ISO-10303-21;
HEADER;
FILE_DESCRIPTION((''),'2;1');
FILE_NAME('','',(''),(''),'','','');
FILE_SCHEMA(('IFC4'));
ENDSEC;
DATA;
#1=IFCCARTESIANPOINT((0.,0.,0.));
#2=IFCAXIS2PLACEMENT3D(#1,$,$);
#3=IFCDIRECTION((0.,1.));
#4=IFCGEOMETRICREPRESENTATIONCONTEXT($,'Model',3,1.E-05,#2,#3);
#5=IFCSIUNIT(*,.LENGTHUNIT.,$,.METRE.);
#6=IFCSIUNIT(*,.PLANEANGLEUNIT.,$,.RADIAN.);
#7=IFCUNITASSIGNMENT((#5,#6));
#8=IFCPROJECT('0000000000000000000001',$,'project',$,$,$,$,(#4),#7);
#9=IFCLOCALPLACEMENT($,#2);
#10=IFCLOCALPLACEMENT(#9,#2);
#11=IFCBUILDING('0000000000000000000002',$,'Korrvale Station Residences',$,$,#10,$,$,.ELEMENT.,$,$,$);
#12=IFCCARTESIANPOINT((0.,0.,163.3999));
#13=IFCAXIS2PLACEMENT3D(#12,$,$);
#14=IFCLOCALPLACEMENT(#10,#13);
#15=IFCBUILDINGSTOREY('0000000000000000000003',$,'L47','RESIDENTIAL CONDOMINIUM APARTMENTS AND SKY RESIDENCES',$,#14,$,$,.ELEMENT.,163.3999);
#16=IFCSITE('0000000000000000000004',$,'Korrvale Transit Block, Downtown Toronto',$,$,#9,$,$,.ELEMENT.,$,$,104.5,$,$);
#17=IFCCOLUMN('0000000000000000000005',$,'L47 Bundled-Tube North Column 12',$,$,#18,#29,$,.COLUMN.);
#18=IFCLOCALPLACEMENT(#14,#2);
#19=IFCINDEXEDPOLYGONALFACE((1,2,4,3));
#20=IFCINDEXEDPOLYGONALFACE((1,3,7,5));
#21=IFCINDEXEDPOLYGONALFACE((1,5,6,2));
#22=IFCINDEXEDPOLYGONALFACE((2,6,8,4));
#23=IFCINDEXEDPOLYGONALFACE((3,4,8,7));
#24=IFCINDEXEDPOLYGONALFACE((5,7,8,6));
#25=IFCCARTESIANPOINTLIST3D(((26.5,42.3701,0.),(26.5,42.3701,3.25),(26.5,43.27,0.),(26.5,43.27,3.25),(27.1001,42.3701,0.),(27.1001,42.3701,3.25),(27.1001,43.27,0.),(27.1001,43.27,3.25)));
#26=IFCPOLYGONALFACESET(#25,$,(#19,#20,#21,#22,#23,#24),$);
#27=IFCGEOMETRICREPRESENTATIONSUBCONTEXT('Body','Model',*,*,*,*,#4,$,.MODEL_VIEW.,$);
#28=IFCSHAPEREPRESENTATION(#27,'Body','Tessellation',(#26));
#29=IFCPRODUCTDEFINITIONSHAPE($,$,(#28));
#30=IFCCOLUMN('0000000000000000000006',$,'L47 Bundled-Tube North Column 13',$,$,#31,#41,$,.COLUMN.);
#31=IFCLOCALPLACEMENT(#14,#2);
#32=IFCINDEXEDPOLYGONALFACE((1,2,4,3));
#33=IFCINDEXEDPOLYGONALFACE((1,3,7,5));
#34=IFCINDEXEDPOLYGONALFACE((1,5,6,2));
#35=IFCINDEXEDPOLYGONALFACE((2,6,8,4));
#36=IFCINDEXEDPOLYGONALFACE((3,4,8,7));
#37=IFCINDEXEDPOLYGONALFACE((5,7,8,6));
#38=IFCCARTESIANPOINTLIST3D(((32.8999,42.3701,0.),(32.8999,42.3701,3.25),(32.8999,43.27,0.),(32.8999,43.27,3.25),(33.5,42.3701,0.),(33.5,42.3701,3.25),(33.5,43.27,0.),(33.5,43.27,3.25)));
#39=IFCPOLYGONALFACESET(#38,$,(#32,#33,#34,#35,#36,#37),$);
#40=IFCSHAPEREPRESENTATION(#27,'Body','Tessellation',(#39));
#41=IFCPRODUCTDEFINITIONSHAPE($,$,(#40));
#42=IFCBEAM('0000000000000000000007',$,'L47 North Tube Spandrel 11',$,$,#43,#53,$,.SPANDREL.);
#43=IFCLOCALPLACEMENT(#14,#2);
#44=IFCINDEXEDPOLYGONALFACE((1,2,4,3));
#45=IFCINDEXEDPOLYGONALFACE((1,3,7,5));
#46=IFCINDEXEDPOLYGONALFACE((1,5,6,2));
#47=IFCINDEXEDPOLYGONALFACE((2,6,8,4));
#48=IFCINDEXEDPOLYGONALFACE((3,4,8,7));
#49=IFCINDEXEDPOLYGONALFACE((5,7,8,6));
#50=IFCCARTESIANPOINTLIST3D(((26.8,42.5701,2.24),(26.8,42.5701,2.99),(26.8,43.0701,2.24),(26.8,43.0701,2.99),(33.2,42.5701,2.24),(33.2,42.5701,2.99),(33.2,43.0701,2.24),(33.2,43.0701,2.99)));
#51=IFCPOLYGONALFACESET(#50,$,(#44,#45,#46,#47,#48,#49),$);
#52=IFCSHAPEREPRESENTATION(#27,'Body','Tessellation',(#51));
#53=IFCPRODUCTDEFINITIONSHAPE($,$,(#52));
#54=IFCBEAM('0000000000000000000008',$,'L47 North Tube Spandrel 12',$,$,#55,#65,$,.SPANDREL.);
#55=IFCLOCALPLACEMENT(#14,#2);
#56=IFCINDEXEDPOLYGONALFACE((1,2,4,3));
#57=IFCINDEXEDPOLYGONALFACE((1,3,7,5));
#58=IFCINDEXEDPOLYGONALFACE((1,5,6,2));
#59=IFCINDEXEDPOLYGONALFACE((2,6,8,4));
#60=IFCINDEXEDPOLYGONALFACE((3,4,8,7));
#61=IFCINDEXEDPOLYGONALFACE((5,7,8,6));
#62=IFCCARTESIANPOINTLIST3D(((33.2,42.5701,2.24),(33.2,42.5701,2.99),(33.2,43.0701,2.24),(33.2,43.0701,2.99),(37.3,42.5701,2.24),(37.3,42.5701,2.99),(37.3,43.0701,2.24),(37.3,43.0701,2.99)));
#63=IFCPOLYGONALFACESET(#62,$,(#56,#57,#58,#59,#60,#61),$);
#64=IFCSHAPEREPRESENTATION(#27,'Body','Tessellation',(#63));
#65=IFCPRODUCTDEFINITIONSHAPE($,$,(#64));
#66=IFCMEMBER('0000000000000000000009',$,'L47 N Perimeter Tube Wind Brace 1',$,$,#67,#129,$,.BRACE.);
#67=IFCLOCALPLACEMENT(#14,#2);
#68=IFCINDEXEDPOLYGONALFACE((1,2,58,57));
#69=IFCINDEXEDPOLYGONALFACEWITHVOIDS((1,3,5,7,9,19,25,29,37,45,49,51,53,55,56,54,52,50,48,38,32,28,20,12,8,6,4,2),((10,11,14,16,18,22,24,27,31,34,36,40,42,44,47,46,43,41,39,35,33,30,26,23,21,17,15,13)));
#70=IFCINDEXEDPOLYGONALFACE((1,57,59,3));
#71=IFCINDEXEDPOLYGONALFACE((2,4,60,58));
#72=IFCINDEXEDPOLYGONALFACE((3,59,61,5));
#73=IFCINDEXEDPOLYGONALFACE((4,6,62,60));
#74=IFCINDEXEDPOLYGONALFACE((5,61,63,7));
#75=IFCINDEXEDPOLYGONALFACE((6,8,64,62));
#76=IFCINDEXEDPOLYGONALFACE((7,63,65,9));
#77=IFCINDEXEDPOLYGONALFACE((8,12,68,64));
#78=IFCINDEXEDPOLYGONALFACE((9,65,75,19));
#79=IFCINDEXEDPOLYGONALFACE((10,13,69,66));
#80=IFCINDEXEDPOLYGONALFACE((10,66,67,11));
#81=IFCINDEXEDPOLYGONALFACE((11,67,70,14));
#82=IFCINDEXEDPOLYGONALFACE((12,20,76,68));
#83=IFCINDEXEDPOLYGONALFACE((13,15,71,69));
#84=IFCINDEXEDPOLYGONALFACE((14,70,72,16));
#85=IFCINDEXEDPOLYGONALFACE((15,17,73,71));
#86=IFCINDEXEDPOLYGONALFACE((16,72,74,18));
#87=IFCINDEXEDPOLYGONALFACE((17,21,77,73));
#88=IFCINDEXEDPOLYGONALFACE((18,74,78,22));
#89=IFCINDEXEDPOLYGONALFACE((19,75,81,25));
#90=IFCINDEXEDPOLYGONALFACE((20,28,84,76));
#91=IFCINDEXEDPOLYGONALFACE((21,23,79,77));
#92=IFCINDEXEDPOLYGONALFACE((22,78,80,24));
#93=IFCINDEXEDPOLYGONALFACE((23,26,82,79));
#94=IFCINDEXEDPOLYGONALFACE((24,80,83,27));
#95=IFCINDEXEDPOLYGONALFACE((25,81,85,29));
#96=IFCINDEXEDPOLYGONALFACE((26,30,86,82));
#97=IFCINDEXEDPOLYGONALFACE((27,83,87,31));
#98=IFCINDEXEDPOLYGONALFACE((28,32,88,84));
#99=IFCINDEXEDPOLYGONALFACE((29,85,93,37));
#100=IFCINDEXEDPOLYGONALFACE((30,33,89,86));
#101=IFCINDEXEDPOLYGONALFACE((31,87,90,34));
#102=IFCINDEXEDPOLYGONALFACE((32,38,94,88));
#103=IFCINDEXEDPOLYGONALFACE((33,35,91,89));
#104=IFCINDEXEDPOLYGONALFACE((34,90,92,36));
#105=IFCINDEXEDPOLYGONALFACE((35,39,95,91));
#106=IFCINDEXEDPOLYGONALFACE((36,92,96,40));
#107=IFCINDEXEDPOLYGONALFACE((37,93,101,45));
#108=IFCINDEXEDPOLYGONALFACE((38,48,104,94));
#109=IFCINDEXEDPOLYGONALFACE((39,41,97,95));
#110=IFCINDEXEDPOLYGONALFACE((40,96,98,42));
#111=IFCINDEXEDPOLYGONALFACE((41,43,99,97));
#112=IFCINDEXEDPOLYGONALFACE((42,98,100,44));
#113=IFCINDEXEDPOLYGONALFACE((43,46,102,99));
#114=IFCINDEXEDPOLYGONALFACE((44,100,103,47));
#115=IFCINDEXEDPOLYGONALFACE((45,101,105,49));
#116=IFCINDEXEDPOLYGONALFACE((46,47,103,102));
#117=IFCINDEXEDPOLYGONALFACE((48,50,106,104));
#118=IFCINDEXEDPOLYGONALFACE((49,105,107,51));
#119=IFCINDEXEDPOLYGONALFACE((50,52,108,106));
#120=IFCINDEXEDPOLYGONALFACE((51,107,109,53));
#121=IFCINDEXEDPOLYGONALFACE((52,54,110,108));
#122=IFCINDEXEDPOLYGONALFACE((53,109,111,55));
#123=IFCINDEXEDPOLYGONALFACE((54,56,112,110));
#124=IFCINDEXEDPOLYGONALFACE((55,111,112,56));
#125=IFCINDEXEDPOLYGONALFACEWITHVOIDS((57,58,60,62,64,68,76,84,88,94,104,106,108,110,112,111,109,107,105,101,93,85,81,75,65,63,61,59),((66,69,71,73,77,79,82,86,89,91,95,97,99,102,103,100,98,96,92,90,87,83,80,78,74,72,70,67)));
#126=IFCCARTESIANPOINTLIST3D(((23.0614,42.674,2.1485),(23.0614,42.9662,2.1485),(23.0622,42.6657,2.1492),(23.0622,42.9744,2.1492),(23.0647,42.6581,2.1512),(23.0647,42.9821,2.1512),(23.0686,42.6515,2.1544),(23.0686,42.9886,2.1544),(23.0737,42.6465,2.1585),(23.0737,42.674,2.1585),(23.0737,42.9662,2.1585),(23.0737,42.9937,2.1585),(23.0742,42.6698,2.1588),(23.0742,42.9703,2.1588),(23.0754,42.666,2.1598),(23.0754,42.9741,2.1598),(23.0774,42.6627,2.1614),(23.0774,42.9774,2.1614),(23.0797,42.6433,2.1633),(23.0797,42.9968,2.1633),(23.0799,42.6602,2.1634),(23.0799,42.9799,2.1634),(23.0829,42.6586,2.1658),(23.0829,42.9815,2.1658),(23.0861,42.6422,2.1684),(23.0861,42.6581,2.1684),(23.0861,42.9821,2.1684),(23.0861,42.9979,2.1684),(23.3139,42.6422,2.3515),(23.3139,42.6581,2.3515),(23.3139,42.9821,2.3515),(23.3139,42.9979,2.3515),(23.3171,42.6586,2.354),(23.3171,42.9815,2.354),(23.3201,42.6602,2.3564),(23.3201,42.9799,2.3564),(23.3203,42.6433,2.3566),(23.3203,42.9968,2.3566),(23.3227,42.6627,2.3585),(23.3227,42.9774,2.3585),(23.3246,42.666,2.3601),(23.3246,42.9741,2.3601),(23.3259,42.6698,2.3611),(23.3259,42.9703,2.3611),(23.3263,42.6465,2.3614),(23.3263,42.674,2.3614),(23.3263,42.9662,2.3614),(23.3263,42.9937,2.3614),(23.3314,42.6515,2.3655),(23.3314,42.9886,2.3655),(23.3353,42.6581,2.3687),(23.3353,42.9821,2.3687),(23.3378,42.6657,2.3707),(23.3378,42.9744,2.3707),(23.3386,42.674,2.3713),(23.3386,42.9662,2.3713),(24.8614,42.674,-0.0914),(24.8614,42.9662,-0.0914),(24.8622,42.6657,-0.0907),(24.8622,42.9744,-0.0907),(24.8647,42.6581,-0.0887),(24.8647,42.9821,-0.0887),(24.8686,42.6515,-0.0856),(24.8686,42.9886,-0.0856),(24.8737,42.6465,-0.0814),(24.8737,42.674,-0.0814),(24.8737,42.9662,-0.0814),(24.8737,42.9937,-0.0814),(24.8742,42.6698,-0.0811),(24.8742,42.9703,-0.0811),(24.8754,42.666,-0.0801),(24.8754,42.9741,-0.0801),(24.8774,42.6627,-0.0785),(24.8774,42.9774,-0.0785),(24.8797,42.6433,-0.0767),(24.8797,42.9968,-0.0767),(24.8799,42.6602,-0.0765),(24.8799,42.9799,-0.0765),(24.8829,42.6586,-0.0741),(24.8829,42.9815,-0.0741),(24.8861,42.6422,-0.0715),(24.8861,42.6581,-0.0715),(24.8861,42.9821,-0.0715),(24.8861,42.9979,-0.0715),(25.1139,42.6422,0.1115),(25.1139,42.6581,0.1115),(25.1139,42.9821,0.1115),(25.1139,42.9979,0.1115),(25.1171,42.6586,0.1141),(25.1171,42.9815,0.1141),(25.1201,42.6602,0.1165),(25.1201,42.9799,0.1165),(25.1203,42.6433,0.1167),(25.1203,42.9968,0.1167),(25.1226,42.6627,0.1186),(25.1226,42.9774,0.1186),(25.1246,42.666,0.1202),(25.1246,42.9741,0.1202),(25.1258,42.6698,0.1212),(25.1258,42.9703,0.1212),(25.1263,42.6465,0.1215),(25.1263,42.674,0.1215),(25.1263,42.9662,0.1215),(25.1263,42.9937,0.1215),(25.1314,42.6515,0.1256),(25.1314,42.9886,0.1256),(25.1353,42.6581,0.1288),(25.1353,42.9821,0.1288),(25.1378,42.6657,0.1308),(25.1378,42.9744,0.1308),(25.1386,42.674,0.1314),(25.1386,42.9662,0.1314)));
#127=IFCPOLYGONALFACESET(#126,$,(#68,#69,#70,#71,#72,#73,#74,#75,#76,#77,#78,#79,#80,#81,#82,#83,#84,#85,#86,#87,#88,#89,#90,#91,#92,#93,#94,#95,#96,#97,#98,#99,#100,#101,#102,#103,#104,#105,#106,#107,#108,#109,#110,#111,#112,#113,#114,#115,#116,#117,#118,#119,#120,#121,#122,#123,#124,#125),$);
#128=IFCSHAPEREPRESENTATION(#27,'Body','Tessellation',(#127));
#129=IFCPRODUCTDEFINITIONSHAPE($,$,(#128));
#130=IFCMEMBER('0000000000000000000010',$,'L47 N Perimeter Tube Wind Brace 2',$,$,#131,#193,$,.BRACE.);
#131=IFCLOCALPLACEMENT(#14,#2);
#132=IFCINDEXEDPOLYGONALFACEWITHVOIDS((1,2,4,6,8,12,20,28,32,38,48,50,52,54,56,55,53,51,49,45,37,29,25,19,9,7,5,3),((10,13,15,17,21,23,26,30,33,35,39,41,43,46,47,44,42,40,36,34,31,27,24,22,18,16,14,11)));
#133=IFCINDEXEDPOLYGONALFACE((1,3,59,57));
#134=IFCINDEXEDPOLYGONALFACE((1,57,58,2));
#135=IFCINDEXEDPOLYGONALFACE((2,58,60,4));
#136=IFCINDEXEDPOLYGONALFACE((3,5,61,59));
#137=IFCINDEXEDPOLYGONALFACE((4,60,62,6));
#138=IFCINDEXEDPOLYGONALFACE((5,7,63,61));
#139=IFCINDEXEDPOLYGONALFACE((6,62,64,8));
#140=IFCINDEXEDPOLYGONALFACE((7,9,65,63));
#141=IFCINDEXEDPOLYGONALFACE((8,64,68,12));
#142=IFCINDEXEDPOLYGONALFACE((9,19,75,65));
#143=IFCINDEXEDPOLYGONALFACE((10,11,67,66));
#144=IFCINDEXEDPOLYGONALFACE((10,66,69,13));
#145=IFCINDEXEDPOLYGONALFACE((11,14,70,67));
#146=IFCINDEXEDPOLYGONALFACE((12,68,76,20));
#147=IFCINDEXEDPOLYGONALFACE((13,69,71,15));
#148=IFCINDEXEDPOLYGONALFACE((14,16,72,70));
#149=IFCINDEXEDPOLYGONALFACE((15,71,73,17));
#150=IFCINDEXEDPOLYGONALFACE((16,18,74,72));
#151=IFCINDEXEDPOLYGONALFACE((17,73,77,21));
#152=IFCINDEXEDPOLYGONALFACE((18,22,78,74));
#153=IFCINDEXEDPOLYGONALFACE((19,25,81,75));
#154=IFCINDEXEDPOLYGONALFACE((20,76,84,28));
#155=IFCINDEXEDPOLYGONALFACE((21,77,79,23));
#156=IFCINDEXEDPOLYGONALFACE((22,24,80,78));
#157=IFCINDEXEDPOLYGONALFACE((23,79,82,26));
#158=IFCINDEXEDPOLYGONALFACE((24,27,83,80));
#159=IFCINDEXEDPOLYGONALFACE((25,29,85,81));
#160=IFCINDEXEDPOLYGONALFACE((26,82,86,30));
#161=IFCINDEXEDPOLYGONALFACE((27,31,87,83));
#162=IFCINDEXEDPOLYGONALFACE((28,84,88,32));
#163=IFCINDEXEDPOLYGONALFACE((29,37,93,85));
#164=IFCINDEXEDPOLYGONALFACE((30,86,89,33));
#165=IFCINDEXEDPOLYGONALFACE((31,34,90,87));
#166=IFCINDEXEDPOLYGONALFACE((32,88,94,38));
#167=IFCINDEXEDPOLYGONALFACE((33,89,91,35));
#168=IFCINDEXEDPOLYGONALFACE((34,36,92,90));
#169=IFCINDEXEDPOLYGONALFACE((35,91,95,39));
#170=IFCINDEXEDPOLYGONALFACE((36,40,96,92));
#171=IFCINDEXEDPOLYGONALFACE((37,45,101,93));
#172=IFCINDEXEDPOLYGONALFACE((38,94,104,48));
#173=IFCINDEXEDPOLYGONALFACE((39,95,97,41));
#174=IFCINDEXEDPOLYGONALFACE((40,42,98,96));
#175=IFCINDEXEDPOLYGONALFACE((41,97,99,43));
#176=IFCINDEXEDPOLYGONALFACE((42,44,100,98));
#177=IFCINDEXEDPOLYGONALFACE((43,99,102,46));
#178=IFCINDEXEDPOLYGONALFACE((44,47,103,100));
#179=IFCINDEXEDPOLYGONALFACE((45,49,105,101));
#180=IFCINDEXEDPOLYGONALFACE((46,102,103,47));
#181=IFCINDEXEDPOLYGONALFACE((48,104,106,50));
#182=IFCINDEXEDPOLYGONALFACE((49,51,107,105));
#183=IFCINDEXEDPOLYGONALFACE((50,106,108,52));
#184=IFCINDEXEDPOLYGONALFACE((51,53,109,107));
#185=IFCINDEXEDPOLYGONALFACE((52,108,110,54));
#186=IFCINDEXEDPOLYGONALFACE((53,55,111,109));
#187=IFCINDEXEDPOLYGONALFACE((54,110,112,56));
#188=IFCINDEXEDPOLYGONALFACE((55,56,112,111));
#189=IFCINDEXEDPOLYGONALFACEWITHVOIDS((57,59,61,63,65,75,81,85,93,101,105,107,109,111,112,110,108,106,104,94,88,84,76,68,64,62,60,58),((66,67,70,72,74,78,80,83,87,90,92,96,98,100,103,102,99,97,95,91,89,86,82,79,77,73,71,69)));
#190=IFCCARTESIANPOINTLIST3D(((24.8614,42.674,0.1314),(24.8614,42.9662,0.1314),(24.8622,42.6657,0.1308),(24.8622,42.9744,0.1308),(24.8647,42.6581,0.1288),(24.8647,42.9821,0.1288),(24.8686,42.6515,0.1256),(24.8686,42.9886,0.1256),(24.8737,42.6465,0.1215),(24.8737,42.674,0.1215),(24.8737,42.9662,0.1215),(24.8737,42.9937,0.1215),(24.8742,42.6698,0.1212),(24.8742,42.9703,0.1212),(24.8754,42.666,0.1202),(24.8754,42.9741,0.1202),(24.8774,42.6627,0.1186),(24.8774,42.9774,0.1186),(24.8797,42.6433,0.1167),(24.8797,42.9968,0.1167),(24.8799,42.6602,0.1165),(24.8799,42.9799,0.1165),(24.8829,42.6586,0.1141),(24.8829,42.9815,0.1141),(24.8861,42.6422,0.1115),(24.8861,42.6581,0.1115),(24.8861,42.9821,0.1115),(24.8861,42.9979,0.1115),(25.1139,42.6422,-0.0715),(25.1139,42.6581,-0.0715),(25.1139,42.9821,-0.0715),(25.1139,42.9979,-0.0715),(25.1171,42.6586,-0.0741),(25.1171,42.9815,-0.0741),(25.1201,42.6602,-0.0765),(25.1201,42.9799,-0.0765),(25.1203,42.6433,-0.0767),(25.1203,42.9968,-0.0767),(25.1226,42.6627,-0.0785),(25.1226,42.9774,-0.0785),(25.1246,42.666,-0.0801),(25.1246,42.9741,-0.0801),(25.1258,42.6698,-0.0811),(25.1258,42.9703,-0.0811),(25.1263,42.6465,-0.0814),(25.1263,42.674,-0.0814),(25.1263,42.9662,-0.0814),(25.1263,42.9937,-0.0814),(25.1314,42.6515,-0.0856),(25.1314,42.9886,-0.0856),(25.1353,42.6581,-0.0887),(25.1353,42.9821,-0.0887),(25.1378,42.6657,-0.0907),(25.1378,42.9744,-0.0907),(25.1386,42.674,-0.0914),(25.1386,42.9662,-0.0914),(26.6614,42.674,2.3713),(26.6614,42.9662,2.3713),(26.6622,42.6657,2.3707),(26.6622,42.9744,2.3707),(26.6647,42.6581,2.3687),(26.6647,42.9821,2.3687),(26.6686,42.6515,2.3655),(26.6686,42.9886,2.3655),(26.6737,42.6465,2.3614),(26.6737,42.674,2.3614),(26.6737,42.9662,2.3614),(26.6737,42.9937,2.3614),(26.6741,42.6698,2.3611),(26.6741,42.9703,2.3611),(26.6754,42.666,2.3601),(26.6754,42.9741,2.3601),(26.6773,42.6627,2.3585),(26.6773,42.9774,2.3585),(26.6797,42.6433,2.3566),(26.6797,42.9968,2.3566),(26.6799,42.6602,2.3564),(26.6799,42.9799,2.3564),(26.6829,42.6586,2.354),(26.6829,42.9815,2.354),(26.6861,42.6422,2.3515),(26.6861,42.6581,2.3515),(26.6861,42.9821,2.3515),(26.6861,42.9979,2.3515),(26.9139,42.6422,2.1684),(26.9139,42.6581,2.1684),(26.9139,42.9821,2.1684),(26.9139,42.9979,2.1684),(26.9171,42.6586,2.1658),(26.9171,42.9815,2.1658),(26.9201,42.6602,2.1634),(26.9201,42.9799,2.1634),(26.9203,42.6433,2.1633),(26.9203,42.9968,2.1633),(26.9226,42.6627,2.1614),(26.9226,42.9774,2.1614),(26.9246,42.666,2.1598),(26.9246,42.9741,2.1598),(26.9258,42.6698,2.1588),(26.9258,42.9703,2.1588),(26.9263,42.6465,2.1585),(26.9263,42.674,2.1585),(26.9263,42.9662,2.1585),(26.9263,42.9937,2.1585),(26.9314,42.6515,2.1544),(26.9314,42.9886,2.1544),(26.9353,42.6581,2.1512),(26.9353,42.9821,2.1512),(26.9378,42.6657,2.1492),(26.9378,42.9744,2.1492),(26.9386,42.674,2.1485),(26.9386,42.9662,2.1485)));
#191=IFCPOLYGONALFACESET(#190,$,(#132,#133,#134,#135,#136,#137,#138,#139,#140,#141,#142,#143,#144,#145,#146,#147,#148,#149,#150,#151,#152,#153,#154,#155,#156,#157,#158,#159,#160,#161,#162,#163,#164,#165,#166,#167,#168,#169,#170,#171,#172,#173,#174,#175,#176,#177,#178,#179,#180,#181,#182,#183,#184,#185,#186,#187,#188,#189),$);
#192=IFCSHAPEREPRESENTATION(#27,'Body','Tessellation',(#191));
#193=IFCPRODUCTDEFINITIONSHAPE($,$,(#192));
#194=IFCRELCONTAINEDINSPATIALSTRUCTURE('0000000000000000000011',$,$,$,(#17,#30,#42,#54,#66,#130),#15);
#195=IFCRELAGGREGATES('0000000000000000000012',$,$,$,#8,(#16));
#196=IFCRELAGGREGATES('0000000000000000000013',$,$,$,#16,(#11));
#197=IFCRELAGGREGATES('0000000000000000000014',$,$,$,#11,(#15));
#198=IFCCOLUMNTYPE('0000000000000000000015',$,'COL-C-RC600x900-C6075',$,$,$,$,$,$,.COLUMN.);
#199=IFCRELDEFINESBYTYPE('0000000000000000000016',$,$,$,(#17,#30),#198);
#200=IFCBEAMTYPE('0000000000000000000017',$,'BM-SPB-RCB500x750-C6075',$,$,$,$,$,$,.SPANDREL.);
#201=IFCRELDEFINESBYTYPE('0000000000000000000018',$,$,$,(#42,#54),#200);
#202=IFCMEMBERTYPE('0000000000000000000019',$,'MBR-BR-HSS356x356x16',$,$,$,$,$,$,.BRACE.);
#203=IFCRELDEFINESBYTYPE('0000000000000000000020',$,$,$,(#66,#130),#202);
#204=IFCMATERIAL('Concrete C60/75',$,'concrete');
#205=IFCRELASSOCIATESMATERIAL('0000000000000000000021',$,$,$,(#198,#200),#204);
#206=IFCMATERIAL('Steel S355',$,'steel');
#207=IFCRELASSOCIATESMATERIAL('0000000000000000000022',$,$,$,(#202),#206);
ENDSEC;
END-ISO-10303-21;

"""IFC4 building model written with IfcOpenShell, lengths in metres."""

from ifc_helpers import new_model, si_unit, direction, frame, origin, origin_2d, place, context, subcontext, project, spatial, rectangle, hollow_rectangle, extrude, material, material_profile, profile_set, type_object, element, save


model = new_model("IFC4")

# Units and contexts
model_context = context("Model", 3, precision=1e-05, world=origin(), true_north=direction((0.0, 1.0)))
body_context = subcontext(model_context, "Body", "Model", "MODEL_VIEW")
ifc_project = project(units=[si_unit("LENGTHUNIT", "METRE"), si_unit("PLANEANGLEUNIT", "RADIAN")], contexts=[model_context])

# Site, building, storey
site_placement = place(None, origin())
site = spatial("IfcSite", under=ifc_project, at=site_placement, Name="Korrvale Transit Block, Downtown Toronto", CompositionType="ELEMENT", RefElevation=104.5)
building_placement = place(site_placement, origin())
building = spatial("IfcBuilding", under=site, at=building_placement, Name="Korrvale Station Residences", CompositionType="ELEMENT")
storey_placement = place(building_placement, frame((0.0, 0.0, 163.3999)))
storey = spatial("IfcBuildingStorey", under=building, at=storey_placement, Name="L47", Description="RESIDENTIAL CONDOMINIUM APARTMENTS AND SKY RESIDENCES", CompositionType="ELEMENT", Elevation=163.3999)

# Columns
ifc_material_1 = material(Name="Concrete C60/75", Category="concrete")
ifc_material_profile_1 = material_profile(ifc_material_1, rectangle(XDim=0.6001, YDim=0.8999, at=origin_2d()), Name="RC600x900")
ifc_profile_set_1 = profile_set([ifc_material_profile_1], Name="Concrete C60/75")
column_type = type_object("IfcColumnType", Name="COL-C-RC600x900-C6075", PredefinedType="COLUMN", material=ifc_profile_set_1)
for number, where, z_axis, x_axis, name in (
    (1, (26.8, 42.8201, 0.0), (0.0, 0.0, 1.0), (1.0, 0.0, 0.0), "L47 Bundled-Tube North Column 12"),
    (2, (33.2, 42.8201, 0.0), (0.0, 0.0, 1.0), (1.0, 0.0, 0.0), "L47 Bundled-Tube North Column 13"),
):
    element("IfcColumn", number, at=place(storey_placement, frame(where, z_axis=z_axis, x_axis=x_axis)), inside=storey, type_object=column_type, Name=name, PredefinedType="COLUMN", context=body_context, shape_type="SweptSolid", body=[
        extrude(rectangle(XDim=0.6001, YDim=0.8999, at=origin_2d()), origin(), (0.0, 0.0, 1.0), 3.25),
    ])

# Beams
ifc_material_profile_2 = material_profile(ifc_material_1, rectangle(XDim=0.5, YDim=0.75, at=origin_2d()), Name="RCB500x750")
ifc_profile_set_2 = profile_set([ifc_material_profile_2], Name="Concrete C60/75")
beam_type = type_object("IfcBeamType", Name="BM-SPB-RCB500x750-C6075", PredefinedType="SPANDREL", material=ifc_profile_set_2)
beam_1_placement = place(storey_placement, frame((26.8, 42.8201, 2.615), z_axis=(1.0, 0.0, 0.0), x_axis=(0.0, 1.0, 0.0)))
element("IfcBeam", 3, at=beam_1_placement, inside=storey, type_object=beam_type, Name="L47 North Tube Spandrel 11", PredefinedType="SPANDREL", context=body_context, shape_type="SweptSolid", body=[
    extrude(rectangle(XDim=0.5, YDim=0.75, at=origin_2d()), origin(), (0.0, 0.0, 1.0), 6.3999),
])
beam_2_placement = place(storey_placement, frame((33.2, 42.8201, 2.615), z_axis=(1.0, 0.0, 0.0), x_axis=(0.0, 1.0, 0.0)))
element("IfcBeam", 4, at=beam_2_placement, inside=storey, type_object=beam_type, Name="L47 North Tube Spandrel 12", PredefinedType="SPANDREL", context=body_context, shape_type="SweptSolid", body=[
    extrude(rectangle(XDim=0.5, YDim=0.75, at=origin_2d()), origin(), (0.0, 0.0, 1.0), 4.1001),
])

# Members
ifc_material_2 = material(Name="Steel S355", Category="steel")
ifc_material_profile_3 = material_profile(ifc_material_2, hollow_rectangle(XDim=0.3557, YDim=0.3557, WallThickness=0.0159, InnerFilletRadius=0.0159, OuterFilletRadius=0.0317, at=origin_2d()), Name="HSS356x356x16")
ifc_profile_set_3 = profile_set([ifc_material_profile_3], Name="Steel S355")
member_type = type_object("IfcMemberType", Name="MBR-BR-HSS356x356x16", PredefinedType="BRACE", material=ifc_profile_set_3)
for number, where, z_axis, x_axis, name in (
    (5, (25.0, 42.8201, 0.02), (-0.626403, 0.0, 0.779499), (0.0, -1.0, 0.0), "L47 N Perimeter Tube Wind Brace 1"),
    (6, (25.0, 42.8201, 0.02), (0.626403, 0.0, 0.779499), (0.0, 1.0, 0.0), "L47 N Perimeter Tube Wind Brace 2"),
):
    element("IfcMember", number, at=place(storey_placement, frame(where, z_axis=z_axis, x_axis=x_axis)), inside=storey, type_object=member_type, Name=name, PredefinedType="BRACE", context=body_context, shape_type="SweptSolid", body=[
        extrude(hollow_rectangle(XDim=0.3557, YDim=0.3557, WallThickness=0.0159, InnerFilletRadius=0.0159, OuterFilletRadius=0.0317, at=origin_2d()), origin(), (0.0, 0.0, 1.0), 2.8735),
    ])

save(model, "model.ifc")
